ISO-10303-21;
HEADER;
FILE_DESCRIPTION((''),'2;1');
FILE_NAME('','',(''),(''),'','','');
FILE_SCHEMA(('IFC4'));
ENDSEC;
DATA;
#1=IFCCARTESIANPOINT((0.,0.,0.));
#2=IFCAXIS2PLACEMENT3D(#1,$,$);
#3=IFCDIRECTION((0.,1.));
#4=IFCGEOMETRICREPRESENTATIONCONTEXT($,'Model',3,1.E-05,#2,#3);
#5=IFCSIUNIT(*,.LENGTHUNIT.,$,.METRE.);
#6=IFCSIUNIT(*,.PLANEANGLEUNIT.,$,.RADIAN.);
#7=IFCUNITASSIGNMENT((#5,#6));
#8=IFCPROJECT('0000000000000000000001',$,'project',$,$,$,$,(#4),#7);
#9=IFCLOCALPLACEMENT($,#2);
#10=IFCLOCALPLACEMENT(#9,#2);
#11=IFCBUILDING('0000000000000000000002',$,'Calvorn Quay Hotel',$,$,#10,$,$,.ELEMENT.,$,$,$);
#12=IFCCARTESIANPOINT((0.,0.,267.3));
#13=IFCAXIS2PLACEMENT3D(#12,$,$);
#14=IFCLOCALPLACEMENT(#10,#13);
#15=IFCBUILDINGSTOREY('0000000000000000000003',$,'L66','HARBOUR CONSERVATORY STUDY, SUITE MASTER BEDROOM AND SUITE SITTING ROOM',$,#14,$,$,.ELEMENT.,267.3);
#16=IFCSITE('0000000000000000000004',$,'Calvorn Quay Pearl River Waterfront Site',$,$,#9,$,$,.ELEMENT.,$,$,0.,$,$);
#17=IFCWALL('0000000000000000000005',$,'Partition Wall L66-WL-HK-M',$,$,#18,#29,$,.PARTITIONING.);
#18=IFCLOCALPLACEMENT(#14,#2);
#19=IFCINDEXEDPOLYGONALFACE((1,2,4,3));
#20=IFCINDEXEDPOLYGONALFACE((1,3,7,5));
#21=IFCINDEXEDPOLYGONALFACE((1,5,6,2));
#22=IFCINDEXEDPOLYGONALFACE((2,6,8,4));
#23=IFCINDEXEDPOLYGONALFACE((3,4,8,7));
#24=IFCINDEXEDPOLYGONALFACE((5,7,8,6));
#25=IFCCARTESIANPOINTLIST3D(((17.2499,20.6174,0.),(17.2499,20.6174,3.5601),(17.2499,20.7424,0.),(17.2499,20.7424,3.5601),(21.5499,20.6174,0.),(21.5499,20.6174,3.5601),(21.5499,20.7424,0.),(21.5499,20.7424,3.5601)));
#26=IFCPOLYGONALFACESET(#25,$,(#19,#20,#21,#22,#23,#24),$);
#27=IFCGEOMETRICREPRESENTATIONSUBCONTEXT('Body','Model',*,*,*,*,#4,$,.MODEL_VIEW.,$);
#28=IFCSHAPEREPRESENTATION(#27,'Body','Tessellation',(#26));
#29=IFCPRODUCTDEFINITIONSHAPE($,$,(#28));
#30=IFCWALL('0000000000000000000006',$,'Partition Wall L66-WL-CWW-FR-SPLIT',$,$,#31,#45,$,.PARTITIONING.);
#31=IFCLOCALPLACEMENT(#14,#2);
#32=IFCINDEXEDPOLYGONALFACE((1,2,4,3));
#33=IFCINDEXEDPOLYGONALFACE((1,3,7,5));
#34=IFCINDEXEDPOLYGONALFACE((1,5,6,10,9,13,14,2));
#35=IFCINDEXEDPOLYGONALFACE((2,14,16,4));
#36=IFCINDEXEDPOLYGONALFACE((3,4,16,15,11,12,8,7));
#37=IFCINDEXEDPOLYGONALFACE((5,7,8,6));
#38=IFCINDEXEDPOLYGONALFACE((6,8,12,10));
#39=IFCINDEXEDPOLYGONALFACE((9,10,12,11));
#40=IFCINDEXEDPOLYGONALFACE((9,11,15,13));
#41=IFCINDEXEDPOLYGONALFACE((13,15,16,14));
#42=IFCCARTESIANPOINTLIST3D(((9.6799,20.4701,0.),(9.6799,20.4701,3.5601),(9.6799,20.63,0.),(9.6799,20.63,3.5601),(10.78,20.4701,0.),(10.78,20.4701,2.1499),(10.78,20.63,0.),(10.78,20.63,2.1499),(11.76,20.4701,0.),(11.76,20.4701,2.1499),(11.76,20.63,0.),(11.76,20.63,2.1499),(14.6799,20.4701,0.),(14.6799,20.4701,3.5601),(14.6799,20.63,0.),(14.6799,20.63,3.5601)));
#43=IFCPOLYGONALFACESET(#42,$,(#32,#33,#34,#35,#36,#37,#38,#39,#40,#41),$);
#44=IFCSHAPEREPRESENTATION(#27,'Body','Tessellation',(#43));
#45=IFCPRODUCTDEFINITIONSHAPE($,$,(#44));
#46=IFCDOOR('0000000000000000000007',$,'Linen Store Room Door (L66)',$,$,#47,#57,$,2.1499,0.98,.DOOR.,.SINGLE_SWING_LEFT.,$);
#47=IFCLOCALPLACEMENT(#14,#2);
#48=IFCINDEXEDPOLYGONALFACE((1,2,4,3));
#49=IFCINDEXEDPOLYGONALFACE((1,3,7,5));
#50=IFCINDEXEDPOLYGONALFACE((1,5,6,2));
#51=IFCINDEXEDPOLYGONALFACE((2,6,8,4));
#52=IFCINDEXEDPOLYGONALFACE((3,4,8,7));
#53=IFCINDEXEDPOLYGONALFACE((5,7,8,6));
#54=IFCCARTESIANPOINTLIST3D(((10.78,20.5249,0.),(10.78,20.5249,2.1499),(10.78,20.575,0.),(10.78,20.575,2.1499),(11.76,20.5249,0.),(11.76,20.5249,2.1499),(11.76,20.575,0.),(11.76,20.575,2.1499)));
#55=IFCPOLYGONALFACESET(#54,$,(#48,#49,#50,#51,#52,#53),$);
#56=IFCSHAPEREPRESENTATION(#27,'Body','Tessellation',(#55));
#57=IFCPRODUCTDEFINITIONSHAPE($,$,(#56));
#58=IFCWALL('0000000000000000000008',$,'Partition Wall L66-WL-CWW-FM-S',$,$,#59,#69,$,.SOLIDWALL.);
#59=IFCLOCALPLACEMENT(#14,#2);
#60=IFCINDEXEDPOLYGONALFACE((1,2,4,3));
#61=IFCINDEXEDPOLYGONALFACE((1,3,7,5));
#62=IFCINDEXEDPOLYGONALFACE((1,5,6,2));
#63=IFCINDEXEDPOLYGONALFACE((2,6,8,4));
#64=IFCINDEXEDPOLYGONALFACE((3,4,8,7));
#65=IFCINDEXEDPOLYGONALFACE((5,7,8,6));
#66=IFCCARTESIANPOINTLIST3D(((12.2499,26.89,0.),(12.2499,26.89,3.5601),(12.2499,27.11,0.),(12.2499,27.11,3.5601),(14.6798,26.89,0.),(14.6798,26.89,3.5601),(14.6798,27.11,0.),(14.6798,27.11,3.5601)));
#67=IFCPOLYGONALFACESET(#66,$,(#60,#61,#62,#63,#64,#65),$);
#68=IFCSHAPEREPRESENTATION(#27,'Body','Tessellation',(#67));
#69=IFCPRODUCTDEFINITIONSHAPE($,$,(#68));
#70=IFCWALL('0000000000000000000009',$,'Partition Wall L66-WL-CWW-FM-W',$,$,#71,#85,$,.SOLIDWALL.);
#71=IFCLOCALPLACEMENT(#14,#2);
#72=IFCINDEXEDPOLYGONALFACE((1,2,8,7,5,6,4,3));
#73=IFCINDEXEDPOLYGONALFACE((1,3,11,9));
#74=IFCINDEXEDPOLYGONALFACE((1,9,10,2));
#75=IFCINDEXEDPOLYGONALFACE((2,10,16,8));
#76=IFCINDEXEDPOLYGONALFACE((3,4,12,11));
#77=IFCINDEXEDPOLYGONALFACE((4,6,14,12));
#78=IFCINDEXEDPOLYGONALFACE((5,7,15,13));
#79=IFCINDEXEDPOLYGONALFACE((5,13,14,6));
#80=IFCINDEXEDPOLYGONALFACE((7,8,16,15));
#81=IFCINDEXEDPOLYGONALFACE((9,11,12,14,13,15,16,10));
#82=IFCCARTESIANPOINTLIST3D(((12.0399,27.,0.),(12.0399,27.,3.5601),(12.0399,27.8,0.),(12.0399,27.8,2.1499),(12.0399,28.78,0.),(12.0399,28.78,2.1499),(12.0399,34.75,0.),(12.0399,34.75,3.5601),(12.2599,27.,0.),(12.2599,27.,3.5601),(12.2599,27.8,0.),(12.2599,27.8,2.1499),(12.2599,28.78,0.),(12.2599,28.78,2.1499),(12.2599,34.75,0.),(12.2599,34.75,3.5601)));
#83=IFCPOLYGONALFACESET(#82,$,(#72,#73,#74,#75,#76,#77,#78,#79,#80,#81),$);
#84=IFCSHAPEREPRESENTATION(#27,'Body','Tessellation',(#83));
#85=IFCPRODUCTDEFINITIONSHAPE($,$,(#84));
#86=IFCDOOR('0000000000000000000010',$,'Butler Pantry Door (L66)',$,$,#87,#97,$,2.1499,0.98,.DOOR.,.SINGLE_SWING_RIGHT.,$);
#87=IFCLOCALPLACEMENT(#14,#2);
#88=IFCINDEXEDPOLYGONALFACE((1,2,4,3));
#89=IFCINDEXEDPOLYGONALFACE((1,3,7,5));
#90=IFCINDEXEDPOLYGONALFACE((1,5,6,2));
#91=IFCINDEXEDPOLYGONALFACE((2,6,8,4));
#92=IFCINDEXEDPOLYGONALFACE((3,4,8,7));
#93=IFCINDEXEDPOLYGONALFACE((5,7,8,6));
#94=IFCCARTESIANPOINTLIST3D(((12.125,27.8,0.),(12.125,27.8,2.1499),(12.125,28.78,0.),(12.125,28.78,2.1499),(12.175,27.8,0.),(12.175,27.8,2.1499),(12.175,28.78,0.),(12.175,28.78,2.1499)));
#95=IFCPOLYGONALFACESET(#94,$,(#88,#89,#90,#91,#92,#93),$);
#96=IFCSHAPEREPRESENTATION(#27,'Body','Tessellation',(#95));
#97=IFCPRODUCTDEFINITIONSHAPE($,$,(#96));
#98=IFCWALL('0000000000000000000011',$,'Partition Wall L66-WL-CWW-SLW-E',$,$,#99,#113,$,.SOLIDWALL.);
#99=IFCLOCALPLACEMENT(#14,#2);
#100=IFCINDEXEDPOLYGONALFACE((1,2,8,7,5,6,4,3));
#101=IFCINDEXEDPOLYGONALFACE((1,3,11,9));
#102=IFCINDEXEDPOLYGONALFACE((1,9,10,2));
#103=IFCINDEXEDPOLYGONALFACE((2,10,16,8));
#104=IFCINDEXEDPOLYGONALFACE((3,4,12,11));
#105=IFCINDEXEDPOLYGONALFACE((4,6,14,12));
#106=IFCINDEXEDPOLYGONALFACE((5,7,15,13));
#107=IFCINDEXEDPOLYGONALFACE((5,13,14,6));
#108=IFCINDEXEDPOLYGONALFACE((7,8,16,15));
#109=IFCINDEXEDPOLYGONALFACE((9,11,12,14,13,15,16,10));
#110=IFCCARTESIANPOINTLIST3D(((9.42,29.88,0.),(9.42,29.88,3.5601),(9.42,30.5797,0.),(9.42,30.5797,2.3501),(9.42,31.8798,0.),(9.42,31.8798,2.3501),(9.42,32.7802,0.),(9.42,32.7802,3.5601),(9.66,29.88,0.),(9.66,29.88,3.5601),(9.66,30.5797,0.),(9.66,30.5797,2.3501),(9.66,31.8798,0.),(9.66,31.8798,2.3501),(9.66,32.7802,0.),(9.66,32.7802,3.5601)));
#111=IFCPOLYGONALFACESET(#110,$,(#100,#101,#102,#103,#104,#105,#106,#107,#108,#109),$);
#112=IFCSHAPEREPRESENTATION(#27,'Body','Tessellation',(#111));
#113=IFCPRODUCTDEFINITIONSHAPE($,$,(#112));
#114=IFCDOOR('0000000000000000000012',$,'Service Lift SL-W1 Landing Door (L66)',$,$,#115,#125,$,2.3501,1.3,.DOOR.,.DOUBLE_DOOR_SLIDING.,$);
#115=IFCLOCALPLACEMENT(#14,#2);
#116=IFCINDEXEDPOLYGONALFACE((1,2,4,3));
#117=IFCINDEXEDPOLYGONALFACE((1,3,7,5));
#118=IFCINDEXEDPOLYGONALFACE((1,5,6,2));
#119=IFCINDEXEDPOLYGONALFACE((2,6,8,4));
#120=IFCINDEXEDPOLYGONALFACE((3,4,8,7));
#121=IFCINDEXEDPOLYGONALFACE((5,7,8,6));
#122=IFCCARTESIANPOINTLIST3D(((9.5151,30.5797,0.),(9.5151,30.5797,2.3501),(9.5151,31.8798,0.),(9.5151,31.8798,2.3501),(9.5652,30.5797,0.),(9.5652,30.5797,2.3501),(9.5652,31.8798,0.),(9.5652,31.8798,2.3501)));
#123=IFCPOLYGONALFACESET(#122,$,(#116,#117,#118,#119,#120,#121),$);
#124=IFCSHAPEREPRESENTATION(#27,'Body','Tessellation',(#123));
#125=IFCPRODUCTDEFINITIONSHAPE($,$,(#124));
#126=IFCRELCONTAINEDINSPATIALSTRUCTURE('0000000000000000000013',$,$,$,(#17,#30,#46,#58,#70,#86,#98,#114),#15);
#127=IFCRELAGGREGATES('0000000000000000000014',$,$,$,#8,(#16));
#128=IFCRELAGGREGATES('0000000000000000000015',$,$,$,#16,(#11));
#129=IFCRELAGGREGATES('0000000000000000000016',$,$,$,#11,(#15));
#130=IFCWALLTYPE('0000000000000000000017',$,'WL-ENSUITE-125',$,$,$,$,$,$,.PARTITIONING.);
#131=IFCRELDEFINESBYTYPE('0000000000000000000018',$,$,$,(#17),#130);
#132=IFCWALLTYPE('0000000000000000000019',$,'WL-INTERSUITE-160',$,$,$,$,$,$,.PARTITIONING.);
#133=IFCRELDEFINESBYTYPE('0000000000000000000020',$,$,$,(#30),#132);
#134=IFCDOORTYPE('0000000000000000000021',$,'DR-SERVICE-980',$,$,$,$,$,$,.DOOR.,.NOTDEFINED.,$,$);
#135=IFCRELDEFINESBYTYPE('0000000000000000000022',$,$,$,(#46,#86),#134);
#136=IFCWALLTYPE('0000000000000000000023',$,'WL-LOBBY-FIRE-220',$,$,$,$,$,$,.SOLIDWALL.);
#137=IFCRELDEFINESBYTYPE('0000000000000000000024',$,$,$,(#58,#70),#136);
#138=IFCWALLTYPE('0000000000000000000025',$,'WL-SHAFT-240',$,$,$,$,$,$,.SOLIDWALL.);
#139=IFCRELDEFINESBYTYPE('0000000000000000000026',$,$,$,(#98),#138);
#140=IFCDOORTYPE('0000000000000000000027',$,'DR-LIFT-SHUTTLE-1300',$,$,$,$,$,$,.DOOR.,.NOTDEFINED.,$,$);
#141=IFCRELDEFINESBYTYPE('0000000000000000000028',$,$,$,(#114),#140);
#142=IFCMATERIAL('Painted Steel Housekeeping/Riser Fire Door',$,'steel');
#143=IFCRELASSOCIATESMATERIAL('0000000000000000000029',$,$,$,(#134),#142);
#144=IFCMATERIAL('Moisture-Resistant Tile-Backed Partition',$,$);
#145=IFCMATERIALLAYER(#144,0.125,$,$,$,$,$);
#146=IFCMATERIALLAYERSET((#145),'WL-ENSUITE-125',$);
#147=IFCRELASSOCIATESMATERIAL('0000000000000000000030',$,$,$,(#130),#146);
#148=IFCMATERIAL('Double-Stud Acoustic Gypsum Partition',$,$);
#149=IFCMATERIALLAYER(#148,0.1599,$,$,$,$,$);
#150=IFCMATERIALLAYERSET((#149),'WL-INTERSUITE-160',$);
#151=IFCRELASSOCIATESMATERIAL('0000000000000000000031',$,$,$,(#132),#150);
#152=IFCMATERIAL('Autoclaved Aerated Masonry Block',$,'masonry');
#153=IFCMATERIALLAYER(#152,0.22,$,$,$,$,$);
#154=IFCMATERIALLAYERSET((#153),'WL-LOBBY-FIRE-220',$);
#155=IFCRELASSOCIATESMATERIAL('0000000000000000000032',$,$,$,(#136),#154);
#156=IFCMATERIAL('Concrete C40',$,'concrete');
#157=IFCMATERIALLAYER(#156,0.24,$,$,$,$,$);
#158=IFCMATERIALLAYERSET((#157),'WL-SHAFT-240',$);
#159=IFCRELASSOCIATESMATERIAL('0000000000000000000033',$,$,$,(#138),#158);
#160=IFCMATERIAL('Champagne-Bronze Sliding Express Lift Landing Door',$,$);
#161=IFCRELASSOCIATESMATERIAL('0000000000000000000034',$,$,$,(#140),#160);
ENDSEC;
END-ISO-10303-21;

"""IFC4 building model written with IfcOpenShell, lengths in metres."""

from ifc_helpers import new_model, si_unit, direction, frame, frame_2d, origin, place, context, subcontext, project, spatial, rectangle, extrude, material, layer, layer_set, type_object, element, fill, save


model = new_model("IFC4")

# Units and contexts
model_context = context("Model", 3, precision=1e-05, world=origin(), true_north=direction((0.0, 1.0)))
body_context = subcontext(model_context, "Body", "Model", "MODEL_VIEW")
ifc_project = project(units=[si_unit("LENGTHUNIT", "METRE"), si_unit("PLANEANGLEUNIT", "RADIAN")], contexts=[model_context])

# Site, building, storey
site_placement = place(None, origin())
site = spatial("IfcSite", under=ifc_project, at=site_placement, Name="Calvorn Quay Pearl River Waterfront Site", CompositionType="ELEMENT", RefElevation=0.0)
building_placement = place(site_placement, origin())
building = spatial("IfcBuilding", under=site, at=building_placement, Name="Calvorn Quay Hotel", CompositionType="ELEMENT")
storey_placement = place(building_placement, frame((0.0, 0.0, 267.3)))
storey = spatial("IfcBuildingStorey", under=building, at=storey_placement, Name="L66", Description="HARBOUR CONSERVATORY STUDY, SUITE MASTER BEDROOM AND SUITE SITTING ROOM", CompositionType="ELEMENT", Elevation=267.3)

# Shared definitions
ifc_material_1 = material(Name="Painted Steel Housekeeping/Riser Fire Door", Category="steel")
door_type_1 = type_object("IfcDoorType", Name="DR-SERVICE-980", OperationType="NOTDEFINED", PredefinedType="DOOR", material=ifc_material_1)

# Wall
ifc_material_2 = material(Name="Moisture-Resistant Tile-Backed Partition")
ifc_layer_1 = layer(ifc_material_2, 0.125)
ifc_layer_set_1 = layer_set([ifc_layer_1], Name="WL-ENSUITE-125")
wall_type_1 = type_object("IfcWallType", Name="WL-ENSUITE-125", PredefinedType="PARTITIONING", material=ifc_layer_set_1)
wall_1_placement = place(storey_placement, frame((17.25, 20.6799, 0.0), z_axis=(0.0, 0.0, 1.0), x_axis=(1.0, 0.0, 0.0)))
element("IfcWall", 1, at=wall_1_placement, inside=storey, type_object=wall_type_1, Name="Partition Wall L66-WL-HK-M", PredefinedType="PARTITIONING", context=body_context, shape_type="SweptSolid", body=[
    extrude(rectangle(XDim=4.3, YDim=0.125, at=frame_2d((2.1499, 0.0))), origin(), (0.0, 0.0, 1.0), 3.5601),
])

# Wall, opening, door
ifc_material_3 = material(Name="Double-Stud Acoustic Gypsum Partition")
ifc_layer_2 = layer(ifc_material_3, 0.1599)
ifc_layer_set_2 = layer_set([ifc_layer_2], Name="WL-INTERSUITE-160")
wall_type_2 = type_object("IfcWallType", Name="WL-INTERSUITE-160", PredefinedType="PARTITIONING", material=ifc_layer_set_2)
wall_2_placement = place(storey_placement, frame((9.6799, 20.55, 0.0), z_axis=(0.0, 0.0, 1.0), x_axis=(1.0, 0.0, 0.0)))
wall_2 = element("IfcWall", 2, at=wall_2_placement, inside=storey, type_object=wall_type_2, Name="Partition Wall L66-WL-CWW-FR-SPLIT", PredefinedType="PARTITIONING", context=body_context, shape_type="SweptSolid", body=[
    extrude(rectangle(XDim=5.0, YDim=0.1599, at=frame_2d((2.5, 0.0))), origin(), (0.0, 0.0, 1.0), 3.5601),
])
opening_1_placement = place(wall_2_placement, frame((1.1001, 0.0, 0.0)))
opening_1 = element("IfcOpeningElement", 3, at=opening_1_placement, cuts=wall_2, PredefinedType="OPENING", context=body_context, shape_type="SweptSolid", body=[
    extrude(rectangle(XDim=0.98, YDim=2.1499, at=frame_2d((0.49, 1.075))), frame((0.0, 0.0898, 0.0), z_axis=(0.0, -1.0, 0.0), x_axis=(1.0, 0.0, 0.0)), (0.0, 0.0, 1.0), 0.1799),
])
door_1_placement = place(opening_1_placement, origin())
door_1 = element("IfcDoor", 4, at=door_1_placement, inside=storey, type_object=door_type_1, Name="Linen Store Room Door (L66)", OperationType="SINGLE_SWING_LEFT", OverallHeight=2.1499, OverallWidth=0.98, PredefinedType="DOOR", context=body_context, shape_type="SweptSolid", body=[
    extrude(rectangle(XDim=0.98, YDim=2.1499, at=frame_2d((0.49, 1.075))), frame((0.0, 0.0249, 0.0), z_axis=(0.0, -1.0, 0.0), x_axis=(1.0, 0.0, 0.0)), (0.0, 0.0, 1.0), 0.05),
])
fill(opening_1, door_1)
ifc_material_4 = material(Name="Autoclaved Aerated Masonry Block", Category="masonry")
ifc_layer_3 = layer(ifc_material_4, 0.22)
ifc_layer_set_3 = layer_set([ifc_layer_3], Name="WL-LOBBY-FIRE-220")
wall_type_3 = type_object("IfcWallType", Name="WL-LOBBY-FIRE-220", PredefinedType="SOLIDWALL", material=ifc_layer_set_3)

# Wall
wall_3_placement = place(storey_placement, frame((12.25, 27.0, 0.0), z_axis=(0.0, 0.0, 1.0), x_axis=(1.0, 0.0, 0.0)))
element("IfcWall", 5, at=wall_3_placement, inside=storey, type_object=wall_type_3, Name="Partition Wall L66-WL-CWW-FM-S", PredefinedType="SOLIDWALL", context=body_context, shape_type="SweptSolid", body=[
    extrude(rectangle(XDim=2.4299, YDim=0.22, at=frame_2d((1.2148, 0.0))), origin(), (0.0, 0.0, 1.0), 3.5601),
])

# Walls, openings, doors
wall_4_placement = place(storey_placement, frame((12.1499, 27.0, 0.0), z_axis=(0.0, 0.0, 1.0), x_axis=(0.0, 1.0, 0.0)))
wall_4 = element("IfcWall", 6, at=wall_4_placement, inside=storey, type_object=wall_type_3, Name="Partition Wall L66-WL-CWW-FM-W", PredefinedType="SOLIDWALL", context=body_context, shape_type="SweptSolid", body=[
    extrude(rectangle(XDim=7.75, YDim=0.22, at=frame_2d((3.875, 0.0))), origin(), (0.0, 0.0, 1.0), 3.5601),
])
opening_2_placement = place(wall_4_placement, frame((0.8, 0.0, 0.0)))
opening_2 = element("IfcOpeningElement", 7, at=opening_2_placement, cuts=wall_4, PredefinedType="OPENING", context=body_context, shape_type="SweptSolid", body=[
    extrude(rectangle(XDim=0.98, YDim=2.1499, at=frame_2d((0.49, 1.075))), frame((0.0, 0.1199, 0.0), z_axis=(0.0, -1.0, 0.0), x_axis=(1.0, 0.0, 0.0)), (0.0, 0.0, 1.0), 0.24),
])
door_2_placement = place(opening_2_placement, origin())
door_2 = element("IfcDoor", 8, at=door_2_placement, inside=storey, type_object=door_type_1, Name="Butler Pantry Door (L66)", OperationType="SINGLE_SWING_RIGHT", OverallHeight=2.1499, OverallWidth=0.98, PredefinedType="DOOR", context=body_context, shape_type="SweptSolid", body=[
    extrude(rectangle(XDim=0.98, YDim=2.1499, at=frame_2d((0.49, 1.075))), frame((0.0, 0.0249, 0.0), z_axis=(0.0, -1.0, 0.0), x_axis=(1.0, 0.0, 0.0)), (0.0, 0.0, 1.0), 0.05),
])
fill(opening_2, door_2)
ifc_material_5 = material(Name="Concrete C40", Category="concrete")
ifc_layer_4 = layer(ifc_material_5, 0.24)
ifc_layer_set_4 = layer_set([ifc_layer_4], Name="WL-SHAFT-240")
wall_type_4 = type_object("IfcWallType", Name="WL-SHAFT-240", PredefinedType="SOLIDWALL", material=ifc_layer_set_4)
wall_5_placement = place(storey_placement, frame((9.54, 29.8799, 0.0), z_axis=(0.0, 0.0, 1.0), x_axis=(0.0, 1.0, 0.0)))
wall_5 = element("IfcWall", 9, at=wall_5_placement, inside=storey, type_object=wall_type_4, Name="Partition Wall L66-WL-CWW-SLW-E", PredefinedType="SOLIDWALL", context=body_context, shape_type="SweptSolid", body=[
    extrude(rectangle(XDim=2.9001, YDim=0.24, at=frame_2d((1.4502, 0.0))), origin(), (0.0, 0.0, 1.0), 3.5601),
])
opening_3_placement = place(wall_5_placement, frame((0.7, 0.0, 0.0)))
opening_3 = element("IfcOpeningElement", 10, at=opening_3_placement, cuts=wall_5, PredefinedType="OPENING", context=body_context, shape_type="SweptSolid", body=[
    extrude(rectangle(XDim=1.3, YDim=2.3501, at=frame_2d((0.6499, 1.175))), frame((0.0, 0.1299, 0.0), z_axis=(0.0, -1.0, 0.0), x_axis=(1.0, 0.0, 0.0)), (0.0, 0.0, 1.0), 0.26),
])
ifc_material_6 = material(Name="Champagne-Bronze Sliding Express Lift Landing Door")
door_type_2 = type_object("IfcDoorType", Name="DR-LIFT-SHUTTLE-1300", OperationType="NOTDEFINED", PredefinedType="DOOR", material=ifc_material_6)
door_3_placement = place(opening_3_placement, origin())
door_3 = element("IfcDoor", 11, at=door_3_placement, inside=storey, type_object=door_type_2, Name="Service Lift SL-W1 Landing Door (L66)", OperationType="DOUBLE_DOOR_SLIDING", OverallHeight=2.3501, OverallWidth=1.3, PredefinedType="DOOR", context=body_context, shape_type="SweptSolid", body=[
    extrude(rectangle(XDim=1.3, YDim=2.3501, at=frame_2d((0.6499, 1.175))), frame((0.0, 0.0249, 0.0), z_axis=(0.0, -1.0, 0.0), x_axis=(1.0, 0.0, 0.0)), (0.0, 0.0, 1.0), 0.05),
])
fill(opening_3, door_3)

save(model, "model.ifc")
